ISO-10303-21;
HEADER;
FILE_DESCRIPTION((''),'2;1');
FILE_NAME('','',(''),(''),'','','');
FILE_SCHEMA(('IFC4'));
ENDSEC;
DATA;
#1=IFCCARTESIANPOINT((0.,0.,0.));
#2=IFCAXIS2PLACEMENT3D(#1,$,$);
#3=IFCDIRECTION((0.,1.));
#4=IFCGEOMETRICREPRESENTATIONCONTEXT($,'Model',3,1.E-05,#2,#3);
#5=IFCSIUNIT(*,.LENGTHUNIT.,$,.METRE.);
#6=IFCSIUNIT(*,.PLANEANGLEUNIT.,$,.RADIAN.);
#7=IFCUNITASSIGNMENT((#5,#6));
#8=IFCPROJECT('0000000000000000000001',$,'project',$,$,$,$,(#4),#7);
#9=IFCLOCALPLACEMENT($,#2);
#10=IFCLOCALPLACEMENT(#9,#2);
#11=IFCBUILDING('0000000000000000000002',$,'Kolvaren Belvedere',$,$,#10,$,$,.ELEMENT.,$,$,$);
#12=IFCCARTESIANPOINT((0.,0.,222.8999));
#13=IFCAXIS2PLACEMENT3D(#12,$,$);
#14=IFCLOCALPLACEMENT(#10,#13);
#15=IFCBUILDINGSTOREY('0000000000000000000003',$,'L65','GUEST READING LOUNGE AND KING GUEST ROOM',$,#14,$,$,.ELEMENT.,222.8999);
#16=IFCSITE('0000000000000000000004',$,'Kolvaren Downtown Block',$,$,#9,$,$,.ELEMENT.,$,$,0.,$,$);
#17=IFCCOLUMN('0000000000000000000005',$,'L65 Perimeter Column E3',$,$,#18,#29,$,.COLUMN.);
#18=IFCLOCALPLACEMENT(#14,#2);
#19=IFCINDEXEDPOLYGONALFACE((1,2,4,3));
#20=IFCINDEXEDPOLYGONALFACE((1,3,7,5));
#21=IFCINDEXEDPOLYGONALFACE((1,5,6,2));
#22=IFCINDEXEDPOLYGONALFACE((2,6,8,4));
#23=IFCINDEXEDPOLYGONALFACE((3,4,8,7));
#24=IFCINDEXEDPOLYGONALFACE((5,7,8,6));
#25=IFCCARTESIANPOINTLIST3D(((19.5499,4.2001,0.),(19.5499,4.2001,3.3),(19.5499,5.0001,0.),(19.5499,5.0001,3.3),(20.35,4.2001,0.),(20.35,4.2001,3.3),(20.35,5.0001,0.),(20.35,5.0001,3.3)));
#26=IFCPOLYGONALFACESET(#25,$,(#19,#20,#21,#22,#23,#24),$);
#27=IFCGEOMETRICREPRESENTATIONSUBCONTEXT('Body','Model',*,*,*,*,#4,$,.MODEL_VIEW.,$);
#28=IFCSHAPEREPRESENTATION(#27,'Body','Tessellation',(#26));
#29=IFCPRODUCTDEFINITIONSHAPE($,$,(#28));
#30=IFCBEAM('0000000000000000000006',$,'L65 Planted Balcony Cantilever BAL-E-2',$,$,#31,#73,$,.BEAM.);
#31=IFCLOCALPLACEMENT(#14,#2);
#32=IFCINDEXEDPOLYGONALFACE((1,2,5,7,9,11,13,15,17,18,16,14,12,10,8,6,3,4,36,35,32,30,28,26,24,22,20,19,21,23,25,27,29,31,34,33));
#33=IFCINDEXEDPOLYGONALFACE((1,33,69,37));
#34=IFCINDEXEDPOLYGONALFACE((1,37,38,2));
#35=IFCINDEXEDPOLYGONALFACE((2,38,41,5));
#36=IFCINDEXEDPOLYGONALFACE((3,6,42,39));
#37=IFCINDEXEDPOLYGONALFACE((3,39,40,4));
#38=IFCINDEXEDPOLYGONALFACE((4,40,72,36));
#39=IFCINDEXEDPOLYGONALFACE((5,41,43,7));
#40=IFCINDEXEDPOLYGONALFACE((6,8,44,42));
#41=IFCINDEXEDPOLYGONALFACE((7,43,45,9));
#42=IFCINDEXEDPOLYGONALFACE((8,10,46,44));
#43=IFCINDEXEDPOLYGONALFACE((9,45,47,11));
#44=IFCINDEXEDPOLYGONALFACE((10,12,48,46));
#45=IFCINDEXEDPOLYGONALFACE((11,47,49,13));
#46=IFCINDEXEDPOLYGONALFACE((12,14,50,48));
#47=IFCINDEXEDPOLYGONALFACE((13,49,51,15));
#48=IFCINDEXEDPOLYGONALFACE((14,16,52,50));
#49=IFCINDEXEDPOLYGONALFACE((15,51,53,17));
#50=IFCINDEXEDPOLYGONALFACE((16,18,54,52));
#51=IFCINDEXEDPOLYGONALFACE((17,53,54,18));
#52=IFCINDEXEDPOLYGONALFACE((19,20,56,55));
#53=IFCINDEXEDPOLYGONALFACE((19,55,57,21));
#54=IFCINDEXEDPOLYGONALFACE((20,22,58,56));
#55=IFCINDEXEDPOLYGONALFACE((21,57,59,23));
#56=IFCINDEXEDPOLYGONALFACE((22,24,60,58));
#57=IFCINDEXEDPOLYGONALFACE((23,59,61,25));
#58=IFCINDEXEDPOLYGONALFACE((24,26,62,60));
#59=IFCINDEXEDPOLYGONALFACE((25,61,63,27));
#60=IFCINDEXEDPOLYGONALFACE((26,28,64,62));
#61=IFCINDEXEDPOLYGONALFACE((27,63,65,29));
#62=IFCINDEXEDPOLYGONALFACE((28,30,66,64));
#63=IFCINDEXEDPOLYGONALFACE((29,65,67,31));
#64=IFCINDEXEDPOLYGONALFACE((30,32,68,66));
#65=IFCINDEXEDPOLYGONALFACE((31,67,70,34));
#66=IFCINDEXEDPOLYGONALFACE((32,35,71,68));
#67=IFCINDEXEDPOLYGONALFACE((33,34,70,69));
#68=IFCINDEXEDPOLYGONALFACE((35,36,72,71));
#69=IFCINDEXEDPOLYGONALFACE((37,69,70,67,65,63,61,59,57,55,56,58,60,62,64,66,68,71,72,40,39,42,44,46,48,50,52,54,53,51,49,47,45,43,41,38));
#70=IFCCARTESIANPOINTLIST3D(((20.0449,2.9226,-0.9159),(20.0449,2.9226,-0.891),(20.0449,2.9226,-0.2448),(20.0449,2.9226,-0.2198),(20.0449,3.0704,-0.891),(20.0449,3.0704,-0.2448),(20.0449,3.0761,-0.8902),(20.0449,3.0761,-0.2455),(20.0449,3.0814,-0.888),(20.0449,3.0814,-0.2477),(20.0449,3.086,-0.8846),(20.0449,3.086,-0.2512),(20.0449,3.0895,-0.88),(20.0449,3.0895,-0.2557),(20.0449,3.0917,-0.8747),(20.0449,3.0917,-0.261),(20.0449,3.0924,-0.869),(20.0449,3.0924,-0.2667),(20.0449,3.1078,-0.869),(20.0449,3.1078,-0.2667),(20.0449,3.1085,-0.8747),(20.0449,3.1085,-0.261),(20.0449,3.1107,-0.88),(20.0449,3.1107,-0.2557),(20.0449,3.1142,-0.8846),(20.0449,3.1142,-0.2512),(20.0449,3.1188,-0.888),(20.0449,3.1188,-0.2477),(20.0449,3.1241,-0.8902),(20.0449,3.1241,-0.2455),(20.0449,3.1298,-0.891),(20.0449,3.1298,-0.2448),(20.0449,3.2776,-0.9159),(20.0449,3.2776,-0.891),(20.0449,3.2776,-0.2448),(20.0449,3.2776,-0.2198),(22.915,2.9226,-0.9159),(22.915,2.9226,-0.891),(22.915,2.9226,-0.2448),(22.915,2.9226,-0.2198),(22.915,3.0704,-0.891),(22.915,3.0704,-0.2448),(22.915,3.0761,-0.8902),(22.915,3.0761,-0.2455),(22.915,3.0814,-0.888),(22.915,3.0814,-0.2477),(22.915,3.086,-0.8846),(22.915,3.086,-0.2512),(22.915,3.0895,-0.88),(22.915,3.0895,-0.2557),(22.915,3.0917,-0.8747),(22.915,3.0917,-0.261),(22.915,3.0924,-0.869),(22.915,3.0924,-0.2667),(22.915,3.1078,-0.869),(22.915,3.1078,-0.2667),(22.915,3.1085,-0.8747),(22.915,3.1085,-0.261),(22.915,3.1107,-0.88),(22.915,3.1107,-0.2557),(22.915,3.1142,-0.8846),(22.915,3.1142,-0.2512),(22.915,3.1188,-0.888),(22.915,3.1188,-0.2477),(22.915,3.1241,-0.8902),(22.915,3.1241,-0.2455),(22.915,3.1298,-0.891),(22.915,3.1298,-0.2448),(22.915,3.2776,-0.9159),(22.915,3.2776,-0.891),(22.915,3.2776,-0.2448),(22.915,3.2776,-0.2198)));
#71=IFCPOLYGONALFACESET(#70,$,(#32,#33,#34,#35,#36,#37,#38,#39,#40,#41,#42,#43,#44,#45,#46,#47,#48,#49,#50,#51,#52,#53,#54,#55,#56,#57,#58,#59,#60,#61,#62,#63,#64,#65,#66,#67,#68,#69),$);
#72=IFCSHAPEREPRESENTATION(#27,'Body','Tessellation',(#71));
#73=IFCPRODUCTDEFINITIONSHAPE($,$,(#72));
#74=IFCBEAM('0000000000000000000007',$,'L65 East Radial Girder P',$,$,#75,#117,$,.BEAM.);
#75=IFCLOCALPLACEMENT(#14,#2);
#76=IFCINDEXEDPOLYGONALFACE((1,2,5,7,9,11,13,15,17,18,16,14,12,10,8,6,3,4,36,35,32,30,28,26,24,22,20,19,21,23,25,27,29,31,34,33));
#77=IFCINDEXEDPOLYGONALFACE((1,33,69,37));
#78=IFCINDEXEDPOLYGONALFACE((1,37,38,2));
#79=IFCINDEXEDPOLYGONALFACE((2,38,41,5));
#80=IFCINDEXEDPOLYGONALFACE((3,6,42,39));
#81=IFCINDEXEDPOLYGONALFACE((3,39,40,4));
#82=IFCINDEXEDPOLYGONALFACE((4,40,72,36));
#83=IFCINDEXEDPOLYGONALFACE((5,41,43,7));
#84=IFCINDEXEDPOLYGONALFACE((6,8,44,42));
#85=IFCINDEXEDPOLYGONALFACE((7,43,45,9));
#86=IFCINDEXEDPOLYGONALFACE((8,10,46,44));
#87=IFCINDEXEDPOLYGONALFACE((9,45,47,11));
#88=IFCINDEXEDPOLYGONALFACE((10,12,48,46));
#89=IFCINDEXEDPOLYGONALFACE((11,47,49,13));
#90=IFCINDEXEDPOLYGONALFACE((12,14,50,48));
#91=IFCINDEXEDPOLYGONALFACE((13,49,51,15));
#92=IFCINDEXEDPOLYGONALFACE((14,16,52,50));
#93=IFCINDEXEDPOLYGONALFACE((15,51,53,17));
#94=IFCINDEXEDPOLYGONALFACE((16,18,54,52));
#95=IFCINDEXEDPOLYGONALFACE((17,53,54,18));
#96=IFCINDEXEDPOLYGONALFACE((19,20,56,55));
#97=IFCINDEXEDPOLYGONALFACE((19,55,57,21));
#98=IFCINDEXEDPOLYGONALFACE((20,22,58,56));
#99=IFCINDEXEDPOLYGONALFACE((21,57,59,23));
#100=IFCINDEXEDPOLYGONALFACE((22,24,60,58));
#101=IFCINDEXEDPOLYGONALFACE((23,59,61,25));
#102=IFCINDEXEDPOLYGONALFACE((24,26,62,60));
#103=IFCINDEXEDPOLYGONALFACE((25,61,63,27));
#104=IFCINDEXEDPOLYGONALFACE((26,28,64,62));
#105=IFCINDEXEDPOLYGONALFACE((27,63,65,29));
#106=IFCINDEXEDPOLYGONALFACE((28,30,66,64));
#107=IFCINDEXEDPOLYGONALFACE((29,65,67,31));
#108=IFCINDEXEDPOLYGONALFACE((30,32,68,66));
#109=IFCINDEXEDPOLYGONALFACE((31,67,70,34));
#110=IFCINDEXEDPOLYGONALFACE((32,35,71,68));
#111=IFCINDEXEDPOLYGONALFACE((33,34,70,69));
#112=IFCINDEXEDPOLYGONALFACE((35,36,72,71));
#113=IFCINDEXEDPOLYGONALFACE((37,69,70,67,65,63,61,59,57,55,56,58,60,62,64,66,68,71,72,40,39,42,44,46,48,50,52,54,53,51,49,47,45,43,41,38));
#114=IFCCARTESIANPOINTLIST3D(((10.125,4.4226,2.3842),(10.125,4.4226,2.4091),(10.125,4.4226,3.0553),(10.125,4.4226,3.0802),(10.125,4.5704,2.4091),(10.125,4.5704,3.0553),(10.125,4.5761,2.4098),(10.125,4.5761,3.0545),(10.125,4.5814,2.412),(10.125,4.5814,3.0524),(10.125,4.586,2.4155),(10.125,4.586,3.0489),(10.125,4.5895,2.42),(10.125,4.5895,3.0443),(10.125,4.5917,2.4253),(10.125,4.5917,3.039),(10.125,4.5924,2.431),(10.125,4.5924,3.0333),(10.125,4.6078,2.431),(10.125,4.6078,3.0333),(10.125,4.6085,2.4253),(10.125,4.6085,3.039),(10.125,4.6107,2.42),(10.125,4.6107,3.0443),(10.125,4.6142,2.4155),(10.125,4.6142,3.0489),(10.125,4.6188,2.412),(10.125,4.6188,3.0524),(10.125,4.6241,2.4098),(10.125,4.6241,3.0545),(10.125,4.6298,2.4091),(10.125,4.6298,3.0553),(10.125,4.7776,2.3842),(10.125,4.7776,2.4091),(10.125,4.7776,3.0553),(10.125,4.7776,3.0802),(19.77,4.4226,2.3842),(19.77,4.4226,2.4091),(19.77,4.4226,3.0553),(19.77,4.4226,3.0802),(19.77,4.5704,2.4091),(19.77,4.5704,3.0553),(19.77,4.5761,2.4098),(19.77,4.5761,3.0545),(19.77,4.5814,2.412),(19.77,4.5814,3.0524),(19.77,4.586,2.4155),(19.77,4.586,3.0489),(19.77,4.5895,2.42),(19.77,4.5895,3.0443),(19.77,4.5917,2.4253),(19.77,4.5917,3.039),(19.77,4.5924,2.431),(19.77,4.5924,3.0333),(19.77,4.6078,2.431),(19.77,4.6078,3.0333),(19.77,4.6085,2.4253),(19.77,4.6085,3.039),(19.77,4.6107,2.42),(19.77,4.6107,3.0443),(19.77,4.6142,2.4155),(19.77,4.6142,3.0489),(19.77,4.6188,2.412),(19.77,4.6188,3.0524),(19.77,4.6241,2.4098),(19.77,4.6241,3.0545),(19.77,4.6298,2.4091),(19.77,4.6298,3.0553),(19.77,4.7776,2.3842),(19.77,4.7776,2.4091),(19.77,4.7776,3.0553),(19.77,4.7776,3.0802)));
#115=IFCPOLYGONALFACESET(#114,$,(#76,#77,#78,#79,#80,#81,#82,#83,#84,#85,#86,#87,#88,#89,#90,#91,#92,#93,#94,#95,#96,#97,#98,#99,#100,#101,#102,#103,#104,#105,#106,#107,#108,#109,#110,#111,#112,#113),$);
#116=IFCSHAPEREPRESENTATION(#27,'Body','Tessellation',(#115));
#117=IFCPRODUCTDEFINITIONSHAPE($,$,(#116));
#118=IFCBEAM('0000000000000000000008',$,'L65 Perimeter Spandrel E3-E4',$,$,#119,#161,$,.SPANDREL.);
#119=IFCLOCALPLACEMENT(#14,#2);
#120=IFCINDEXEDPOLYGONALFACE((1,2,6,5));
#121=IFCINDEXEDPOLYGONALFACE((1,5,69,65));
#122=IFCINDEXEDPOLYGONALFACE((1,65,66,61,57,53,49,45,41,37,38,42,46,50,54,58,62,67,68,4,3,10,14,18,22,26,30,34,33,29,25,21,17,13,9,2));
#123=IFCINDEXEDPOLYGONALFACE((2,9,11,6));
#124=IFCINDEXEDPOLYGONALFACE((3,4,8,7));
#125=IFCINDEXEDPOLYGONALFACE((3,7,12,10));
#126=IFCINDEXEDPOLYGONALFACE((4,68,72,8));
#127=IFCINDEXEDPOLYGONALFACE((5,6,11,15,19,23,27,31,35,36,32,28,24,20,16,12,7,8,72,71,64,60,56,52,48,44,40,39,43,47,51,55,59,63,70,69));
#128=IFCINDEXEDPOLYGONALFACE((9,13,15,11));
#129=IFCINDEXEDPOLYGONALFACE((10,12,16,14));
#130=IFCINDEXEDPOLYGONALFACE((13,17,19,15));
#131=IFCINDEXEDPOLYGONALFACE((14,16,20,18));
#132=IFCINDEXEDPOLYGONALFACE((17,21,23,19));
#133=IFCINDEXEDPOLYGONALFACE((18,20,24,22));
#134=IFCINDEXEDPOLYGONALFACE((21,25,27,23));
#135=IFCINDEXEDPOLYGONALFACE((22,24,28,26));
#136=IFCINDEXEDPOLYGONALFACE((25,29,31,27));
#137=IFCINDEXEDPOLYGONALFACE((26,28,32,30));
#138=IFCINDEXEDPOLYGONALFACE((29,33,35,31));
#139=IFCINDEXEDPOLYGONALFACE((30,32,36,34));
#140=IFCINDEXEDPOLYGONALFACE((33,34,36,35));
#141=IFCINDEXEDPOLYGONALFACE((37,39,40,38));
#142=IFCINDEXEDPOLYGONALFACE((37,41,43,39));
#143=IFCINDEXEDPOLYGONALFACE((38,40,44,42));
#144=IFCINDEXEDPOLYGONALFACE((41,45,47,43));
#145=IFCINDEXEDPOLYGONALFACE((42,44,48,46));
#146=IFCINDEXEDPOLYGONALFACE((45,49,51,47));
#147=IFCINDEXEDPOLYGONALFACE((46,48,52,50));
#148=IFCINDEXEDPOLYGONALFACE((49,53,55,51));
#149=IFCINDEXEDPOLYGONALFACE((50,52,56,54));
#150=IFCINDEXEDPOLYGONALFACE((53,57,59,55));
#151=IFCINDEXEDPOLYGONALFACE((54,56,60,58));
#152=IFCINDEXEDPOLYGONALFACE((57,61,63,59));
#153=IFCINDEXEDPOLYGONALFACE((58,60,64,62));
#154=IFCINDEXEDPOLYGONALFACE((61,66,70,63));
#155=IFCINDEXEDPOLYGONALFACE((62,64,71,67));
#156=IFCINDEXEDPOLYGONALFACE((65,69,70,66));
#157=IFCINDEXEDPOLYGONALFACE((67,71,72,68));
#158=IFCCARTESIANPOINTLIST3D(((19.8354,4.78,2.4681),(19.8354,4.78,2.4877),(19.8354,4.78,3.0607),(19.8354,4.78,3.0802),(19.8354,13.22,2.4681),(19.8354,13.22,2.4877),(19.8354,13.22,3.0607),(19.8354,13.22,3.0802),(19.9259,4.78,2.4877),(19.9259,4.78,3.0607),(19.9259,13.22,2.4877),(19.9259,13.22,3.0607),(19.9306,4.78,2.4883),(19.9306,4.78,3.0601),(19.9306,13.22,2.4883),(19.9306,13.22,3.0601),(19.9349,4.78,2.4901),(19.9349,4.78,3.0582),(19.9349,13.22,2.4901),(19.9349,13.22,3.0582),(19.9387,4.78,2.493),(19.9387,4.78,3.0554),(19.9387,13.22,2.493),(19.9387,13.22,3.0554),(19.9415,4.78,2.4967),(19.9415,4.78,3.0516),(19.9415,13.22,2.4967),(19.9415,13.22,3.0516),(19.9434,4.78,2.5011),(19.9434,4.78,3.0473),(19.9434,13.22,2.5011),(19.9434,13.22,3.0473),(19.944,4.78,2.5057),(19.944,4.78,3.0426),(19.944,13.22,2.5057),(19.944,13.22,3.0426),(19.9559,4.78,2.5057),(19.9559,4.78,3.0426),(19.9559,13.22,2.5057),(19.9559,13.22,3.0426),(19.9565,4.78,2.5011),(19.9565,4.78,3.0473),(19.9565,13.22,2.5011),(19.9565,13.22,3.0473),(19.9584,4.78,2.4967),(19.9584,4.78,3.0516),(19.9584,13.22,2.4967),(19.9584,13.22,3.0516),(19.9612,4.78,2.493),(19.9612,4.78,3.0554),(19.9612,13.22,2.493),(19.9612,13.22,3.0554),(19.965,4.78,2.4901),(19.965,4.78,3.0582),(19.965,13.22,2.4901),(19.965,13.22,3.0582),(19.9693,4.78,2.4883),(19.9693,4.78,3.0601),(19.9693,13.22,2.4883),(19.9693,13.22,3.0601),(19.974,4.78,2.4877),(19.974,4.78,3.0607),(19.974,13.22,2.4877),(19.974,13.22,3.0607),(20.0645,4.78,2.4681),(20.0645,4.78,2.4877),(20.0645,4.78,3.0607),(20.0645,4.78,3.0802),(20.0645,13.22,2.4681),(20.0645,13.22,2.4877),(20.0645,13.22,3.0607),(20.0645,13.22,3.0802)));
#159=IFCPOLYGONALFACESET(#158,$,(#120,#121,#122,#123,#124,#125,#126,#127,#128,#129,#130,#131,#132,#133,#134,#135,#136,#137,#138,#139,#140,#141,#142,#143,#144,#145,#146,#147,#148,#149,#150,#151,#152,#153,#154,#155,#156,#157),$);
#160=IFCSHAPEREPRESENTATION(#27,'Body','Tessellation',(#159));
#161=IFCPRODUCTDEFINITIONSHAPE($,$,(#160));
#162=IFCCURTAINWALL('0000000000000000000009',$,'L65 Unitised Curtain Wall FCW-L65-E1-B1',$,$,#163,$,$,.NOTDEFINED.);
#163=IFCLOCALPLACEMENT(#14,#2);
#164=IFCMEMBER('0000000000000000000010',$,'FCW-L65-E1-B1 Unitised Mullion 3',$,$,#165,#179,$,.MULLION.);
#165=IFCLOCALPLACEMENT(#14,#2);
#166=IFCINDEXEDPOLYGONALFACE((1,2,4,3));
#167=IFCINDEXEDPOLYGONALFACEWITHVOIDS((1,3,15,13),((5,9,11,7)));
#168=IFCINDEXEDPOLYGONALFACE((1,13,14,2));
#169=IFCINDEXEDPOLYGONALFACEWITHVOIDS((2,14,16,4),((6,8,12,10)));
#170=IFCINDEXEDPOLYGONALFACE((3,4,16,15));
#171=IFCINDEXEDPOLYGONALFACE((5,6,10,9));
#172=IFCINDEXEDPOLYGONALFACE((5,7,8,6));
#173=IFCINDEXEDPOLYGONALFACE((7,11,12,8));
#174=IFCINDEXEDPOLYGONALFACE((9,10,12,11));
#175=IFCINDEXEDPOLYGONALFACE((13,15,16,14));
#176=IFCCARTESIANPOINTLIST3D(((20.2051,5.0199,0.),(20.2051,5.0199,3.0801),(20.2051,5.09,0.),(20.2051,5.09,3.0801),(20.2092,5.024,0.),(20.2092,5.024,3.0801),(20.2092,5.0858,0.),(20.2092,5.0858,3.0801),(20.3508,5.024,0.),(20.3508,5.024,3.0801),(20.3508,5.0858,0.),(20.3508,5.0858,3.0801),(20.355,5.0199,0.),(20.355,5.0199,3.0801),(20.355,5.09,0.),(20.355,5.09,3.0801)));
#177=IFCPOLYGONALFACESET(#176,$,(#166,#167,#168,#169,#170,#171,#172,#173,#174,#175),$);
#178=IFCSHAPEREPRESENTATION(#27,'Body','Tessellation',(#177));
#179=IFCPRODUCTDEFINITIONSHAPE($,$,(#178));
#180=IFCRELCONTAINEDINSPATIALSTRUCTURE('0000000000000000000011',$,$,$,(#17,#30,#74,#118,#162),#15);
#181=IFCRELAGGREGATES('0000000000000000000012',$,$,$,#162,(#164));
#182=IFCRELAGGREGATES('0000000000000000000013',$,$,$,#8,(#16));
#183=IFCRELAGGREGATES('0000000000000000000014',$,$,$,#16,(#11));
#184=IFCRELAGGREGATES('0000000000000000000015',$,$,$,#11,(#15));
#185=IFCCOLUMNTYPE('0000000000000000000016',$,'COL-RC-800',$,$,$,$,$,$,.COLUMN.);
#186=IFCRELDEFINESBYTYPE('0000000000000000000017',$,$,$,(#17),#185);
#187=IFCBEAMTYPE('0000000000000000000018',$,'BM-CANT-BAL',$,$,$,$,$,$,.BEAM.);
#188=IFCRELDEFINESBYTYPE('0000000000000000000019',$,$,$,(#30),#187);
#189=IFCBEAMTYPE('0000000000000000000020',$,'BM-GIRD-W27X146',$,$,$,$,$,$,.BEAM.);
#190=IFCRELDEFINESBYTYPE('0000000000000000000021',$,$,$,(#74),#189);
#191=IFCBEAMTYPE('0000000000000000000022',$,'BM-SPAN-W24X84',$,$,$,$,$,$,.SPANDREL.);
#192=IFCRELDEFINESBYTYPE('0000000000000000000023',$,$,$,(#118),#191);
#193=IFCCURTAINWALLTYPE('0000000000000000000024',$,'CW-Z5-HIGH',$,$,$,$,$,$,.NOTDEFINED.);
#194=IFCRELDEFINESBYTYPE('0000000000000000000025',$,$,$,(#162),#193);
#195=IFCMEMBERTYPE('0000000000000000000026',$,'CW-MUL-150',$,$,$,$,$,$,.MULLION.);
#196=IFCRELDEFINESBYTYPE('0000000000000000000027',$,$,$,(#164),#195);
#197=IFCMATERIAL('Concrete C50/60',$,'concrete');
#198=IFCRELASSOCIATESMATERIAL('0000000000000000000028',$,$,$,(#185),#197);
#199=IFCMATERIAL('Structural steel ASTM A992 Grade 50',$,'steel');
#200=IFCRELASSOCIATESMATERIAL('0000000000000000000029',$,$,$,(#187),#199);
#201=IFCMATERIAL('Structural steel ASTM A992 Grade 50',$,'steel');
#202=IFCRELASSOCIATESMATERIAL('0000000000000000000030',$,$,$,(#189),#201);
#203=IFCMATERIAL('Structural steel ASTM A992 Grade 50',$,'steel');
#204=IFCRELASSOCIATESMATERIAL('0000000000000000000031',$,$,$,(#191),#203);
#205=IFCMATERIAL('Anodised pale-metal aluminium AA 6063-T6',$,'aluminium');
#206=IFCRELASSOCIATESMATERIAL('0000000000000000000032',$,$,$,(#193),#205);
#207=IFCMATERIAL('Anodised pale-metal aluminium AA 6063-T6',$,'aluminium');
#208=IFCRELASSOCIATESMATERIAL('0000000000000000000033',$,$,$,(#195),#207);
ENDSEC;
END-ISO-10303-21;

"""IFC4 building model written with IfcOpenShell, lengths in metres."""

from ifc_helpers import new_model, si_unit, direction, frame, origin, origin_2d, place, context, subcontext, project, spatial, rectangle, hollow_rectangle, i_section, extrude, material, material_profile, profile_set, type_object, element, aggregate, save


model = new_model("IFC4")

# Units and contexts
model_context = context("Model", 3, precision=1e-05, world=origin(), true_north=direction((0.0, 1.0)))
body_context = subcontext(model_context, "Body", "Model", "MODEL_VIEW")
ifc_project = project(units=[si_unit("LENGTHUNIT", "METRE"), si_unit("PLANEANGLEUNIT", "RADIAN")], contexts=[model_context])

# Site, building, storey
site_placement = place(None, origin())
site = spatial("IfcSite", under=ifc_project, at=site_placement, Name="Kolvaren Downtown Block", CompositionType="ELEMENT", RefElevation=0.0)
building_placement = place(site_placement, origin())
building = spatial("IfcBuilding", under=site, at=building_placement, Name="Kolvaren Belvedere", CompositionType="ELEMENT")
storey_placement = place(building_placement, frame((0.0, 0.0, 222.8999)))
storey = spatial("IfcBuildingStorey", under=building, at=storey_placement, Name="L65", Description="GUEST READING LOUNGE AND KING GUEST ROOM", CompositionType="ELEMENT", Elevation=222.8999)

# Column
ifc_material_1 = material(Name="Concrete C50/60", Category="concrete")
ifc_material_profile_1 = material_profile(ifc_material_1, rectangle(XDim=0.8, YDim=0.8, at=origin_2d()), Name="RC 800X800")
ifc_profile_set_1 = profile_set([ifc_material_profile_1], Name="Concrete C50/60")
column_type = type_object("IfcColumnType", Name="COL-RC-800", PredefinedType="COLUMN", material=ifc_profile_set_1)
column_placement = place(storey_placement, frame((19.95, 4.6001, 0.0), z_axis=(0.0, 0.0, 1.0), x_axis=(1.0, 0.0, 0.0)))
element("IfcColumn", 1, at=column_placement, inside=storey, type_object=column_type, Name="L65 Perimeter Column E3", PredefinedType="COLUMN", context=body_context, shape_type="SweptSolid", body=[
    extrude(rectangle(XDim=0.8, YDim=0.8, at=origin_2d()), origin(), (0.0, 0.0, 1.0), 3.3),
])

# Beams
ifc_material_2 = material(Name="Structural steel ASTM A992 Grade 50", Category="steel")
ifc_material_profile_2 = material_profile(ifc_material_2, i_section(OverallWidth=0.355, OverallDepth=0.696, WebThickness=0.0154, FlangeThickness=0.0249, FilletRadius=0.022, at=origin_2d()), Name="W27X146")
ifc_profile_set_2 = profile_set([ifc_material_profile_2], Name="Structural steel ASTM A992 Grade 50")
beam_type_1 = type_object("IfcBeamType", Name="BM-CANT-BAL", PredefinedType="BEAM", material=ifc_profile_set_2)
beam_1_placement = place(storey_placement, frame((20.0449, 3.1001, -0.5679), z_axis=(1.0, 0.0, 0.0), x_axis=(0.0, 1.0, 0.0)))
element("IfcBeam", 2, at=beam_1_placement, inside=storey, type_object=beam_type_1, Name="L65 Planted Balcony Cantilever BAL-E-2", PredefinedType="BEAM", context=body_context, shape_type="SweptSolid", body=[
    extrude(i_section(OverallWidth=0.355, OverallDepth=0.696, WebThickness=0.0154, FlangeThickness=0.0249, FilletRadius=0.022, at=origin_2d()), origin(), (0.0, 0.0, 1.0), 2.8701),
])
ifc_material_3 = material(Name="Structural steel ASTM A992 Grade 50", Category="steel")
ifc_material_profile_3 = material_profile(ifc_material_3, i_section(OverallWidth=0.355, OverallDepth=0.696, WebThickness=0.0154, FlangeThickness=0.0249, FilletRadius=0.022, at=origin_2d()), Name="W27X146")
ifc_profile_set_3 = profile_set([ifc_material_profile_3], Name="Structural steel ASTM A992 Grade 50")
beam_type_2 = type_object("IfcBeamType", Name="BM-GIRD-W27X146", PredefinedType="BEAM", material=ifc_profile_set_3)
beam_2_placement = place(storey_placement, frame((10.125, 4.6001, 2.7322), z_axis=(1.0, 0.0, 0.0), x_axis=(0.0, 1.0, 0.0)))
element("IfcBeam", 3, at=beam_2_placement, inside=storey, type_object=beam_type_2, Name="L65 East Radial Girder P", PredefinedType="BEAM", context=body_context, shape_type="SweptSolid", body=[
    extrude(i_section(OverallWidth=0.355, OverallDepth=0.696, WebThickness=0.0154, FlangeThickness=0.0249, FilletRadius=0.022, at=origin_2d()), origin(), (0.0, 0.0, 1.0), 9.645),
])
ifc_material_4 = material(Name="Structural steel ASTM A992 Grade 50", Category="steel")
ifc_material_profile_4 = material_profile(ifc_material_4, i_section(OverallWidth=0.229, OverallDepth=0.6121, WebThickness=0.012, FlangeThickness=0.0195, FilletRadius=0.0181, at=origin_2d()), Name="W24X84")
ifc_profile_set_4 = profile_set([ifc_material_profile_4], Name="Structural steel ASTM A992 Grade 50")
beam_type_3 = type_object("IfcBeamType", Name="BM-SPAN-W24X84", PredefinedType="SPANDREL", material=ifc_profile_set_4)
beam_3_placement = place(storey_placement, frame((19.95, 4.78, 2.7742), z_axis=(0.0, 1.0, 0.0), x_axis=(-1.0, 0.0, 0.0)))
element("IfcBeam", 4, at=beam_3_placement, inside=storey, type_object=beam_type_3, Name="L65 Perimeter Spandrel E3-E4", PredefinedType="SPANDREL", context=body_context, shape_type="SweptSolid", body=[
    extrude(i_section(OverallWidth=0.229, OverallDepth=0.6121, WebThickness=0.012, FlangeThickness=0.0195, FilletRadius=0.0181, at=origin_2d()), origin(), (0.0, 0.0, 1.0), 8.4399),
])

# Curtain wall, member
ifc_material_5 = material(Name="Anodised pale-metal aluminium AA 6063-T6", Category="aluminium")
curtain_wall_type = type_object("IfcCurtainWallType", Name="CW-Z5-HIGH", PredefinedType="NOTDEFINED", material=ifc_material_5)
curtain_wall_1_placement = place(storey_placement, origin())
curtain_wall_1 = element("IfcCurtainWall", 5, at=curtain_wall_1_placement, inside=storey, type_object=curtain_wall_type, Name="L65 Unitised Curtain Wall FCW-L65-E1-B1", PredefinedType="NOTDEFINED")
ifc_material_6 = material(Name="Anodised pale-metal aluminium AA 6063-T6", Category="aluminium")
ifc_material_profile_5 = material_profile(ifc_material_6, hollow_rectangle(XDim=0.0701, YDim=0.1499, WallThickness=0.0042, at=origin_2d()), Name="ALU-MUL-150X70")
ifc_profile_set_5 = profile_set([ifc_material_profile_5], Name="Anodised pale-metal aluminium AA 6063-T6")
member_type_1 = type_object("IfcMemberType", Name="CW-MUL-150", PredefinedType="MULLION", material=ifc_profile_set_5)
member_1_placement = place(storey_placement, frame((20.28, 5.0549, 0.0), z_axis=(0.0, 0.0, 1.0), x_axis=(0.0, 1.0, 0.0)))
member_1 = element("IfcMember", 6, at=member_1_placement, type_object=member_type_1, Name="FCW-L65-E1-B1 Unitised Mullion 3", PredefinedType="MULLION", context=body_context, shape_type="SweptSolid", body=[
    extrude(hollow_rectangle(XDim=0.0701, YDim=0.1499, WallThickness=0.0042, at=origin_2d()), origin(), (0.0, 0.0, 1.0), 3.0801),
])
aggregate(curtain_wall_1, [member_1])

save(model, "model.ifc")
